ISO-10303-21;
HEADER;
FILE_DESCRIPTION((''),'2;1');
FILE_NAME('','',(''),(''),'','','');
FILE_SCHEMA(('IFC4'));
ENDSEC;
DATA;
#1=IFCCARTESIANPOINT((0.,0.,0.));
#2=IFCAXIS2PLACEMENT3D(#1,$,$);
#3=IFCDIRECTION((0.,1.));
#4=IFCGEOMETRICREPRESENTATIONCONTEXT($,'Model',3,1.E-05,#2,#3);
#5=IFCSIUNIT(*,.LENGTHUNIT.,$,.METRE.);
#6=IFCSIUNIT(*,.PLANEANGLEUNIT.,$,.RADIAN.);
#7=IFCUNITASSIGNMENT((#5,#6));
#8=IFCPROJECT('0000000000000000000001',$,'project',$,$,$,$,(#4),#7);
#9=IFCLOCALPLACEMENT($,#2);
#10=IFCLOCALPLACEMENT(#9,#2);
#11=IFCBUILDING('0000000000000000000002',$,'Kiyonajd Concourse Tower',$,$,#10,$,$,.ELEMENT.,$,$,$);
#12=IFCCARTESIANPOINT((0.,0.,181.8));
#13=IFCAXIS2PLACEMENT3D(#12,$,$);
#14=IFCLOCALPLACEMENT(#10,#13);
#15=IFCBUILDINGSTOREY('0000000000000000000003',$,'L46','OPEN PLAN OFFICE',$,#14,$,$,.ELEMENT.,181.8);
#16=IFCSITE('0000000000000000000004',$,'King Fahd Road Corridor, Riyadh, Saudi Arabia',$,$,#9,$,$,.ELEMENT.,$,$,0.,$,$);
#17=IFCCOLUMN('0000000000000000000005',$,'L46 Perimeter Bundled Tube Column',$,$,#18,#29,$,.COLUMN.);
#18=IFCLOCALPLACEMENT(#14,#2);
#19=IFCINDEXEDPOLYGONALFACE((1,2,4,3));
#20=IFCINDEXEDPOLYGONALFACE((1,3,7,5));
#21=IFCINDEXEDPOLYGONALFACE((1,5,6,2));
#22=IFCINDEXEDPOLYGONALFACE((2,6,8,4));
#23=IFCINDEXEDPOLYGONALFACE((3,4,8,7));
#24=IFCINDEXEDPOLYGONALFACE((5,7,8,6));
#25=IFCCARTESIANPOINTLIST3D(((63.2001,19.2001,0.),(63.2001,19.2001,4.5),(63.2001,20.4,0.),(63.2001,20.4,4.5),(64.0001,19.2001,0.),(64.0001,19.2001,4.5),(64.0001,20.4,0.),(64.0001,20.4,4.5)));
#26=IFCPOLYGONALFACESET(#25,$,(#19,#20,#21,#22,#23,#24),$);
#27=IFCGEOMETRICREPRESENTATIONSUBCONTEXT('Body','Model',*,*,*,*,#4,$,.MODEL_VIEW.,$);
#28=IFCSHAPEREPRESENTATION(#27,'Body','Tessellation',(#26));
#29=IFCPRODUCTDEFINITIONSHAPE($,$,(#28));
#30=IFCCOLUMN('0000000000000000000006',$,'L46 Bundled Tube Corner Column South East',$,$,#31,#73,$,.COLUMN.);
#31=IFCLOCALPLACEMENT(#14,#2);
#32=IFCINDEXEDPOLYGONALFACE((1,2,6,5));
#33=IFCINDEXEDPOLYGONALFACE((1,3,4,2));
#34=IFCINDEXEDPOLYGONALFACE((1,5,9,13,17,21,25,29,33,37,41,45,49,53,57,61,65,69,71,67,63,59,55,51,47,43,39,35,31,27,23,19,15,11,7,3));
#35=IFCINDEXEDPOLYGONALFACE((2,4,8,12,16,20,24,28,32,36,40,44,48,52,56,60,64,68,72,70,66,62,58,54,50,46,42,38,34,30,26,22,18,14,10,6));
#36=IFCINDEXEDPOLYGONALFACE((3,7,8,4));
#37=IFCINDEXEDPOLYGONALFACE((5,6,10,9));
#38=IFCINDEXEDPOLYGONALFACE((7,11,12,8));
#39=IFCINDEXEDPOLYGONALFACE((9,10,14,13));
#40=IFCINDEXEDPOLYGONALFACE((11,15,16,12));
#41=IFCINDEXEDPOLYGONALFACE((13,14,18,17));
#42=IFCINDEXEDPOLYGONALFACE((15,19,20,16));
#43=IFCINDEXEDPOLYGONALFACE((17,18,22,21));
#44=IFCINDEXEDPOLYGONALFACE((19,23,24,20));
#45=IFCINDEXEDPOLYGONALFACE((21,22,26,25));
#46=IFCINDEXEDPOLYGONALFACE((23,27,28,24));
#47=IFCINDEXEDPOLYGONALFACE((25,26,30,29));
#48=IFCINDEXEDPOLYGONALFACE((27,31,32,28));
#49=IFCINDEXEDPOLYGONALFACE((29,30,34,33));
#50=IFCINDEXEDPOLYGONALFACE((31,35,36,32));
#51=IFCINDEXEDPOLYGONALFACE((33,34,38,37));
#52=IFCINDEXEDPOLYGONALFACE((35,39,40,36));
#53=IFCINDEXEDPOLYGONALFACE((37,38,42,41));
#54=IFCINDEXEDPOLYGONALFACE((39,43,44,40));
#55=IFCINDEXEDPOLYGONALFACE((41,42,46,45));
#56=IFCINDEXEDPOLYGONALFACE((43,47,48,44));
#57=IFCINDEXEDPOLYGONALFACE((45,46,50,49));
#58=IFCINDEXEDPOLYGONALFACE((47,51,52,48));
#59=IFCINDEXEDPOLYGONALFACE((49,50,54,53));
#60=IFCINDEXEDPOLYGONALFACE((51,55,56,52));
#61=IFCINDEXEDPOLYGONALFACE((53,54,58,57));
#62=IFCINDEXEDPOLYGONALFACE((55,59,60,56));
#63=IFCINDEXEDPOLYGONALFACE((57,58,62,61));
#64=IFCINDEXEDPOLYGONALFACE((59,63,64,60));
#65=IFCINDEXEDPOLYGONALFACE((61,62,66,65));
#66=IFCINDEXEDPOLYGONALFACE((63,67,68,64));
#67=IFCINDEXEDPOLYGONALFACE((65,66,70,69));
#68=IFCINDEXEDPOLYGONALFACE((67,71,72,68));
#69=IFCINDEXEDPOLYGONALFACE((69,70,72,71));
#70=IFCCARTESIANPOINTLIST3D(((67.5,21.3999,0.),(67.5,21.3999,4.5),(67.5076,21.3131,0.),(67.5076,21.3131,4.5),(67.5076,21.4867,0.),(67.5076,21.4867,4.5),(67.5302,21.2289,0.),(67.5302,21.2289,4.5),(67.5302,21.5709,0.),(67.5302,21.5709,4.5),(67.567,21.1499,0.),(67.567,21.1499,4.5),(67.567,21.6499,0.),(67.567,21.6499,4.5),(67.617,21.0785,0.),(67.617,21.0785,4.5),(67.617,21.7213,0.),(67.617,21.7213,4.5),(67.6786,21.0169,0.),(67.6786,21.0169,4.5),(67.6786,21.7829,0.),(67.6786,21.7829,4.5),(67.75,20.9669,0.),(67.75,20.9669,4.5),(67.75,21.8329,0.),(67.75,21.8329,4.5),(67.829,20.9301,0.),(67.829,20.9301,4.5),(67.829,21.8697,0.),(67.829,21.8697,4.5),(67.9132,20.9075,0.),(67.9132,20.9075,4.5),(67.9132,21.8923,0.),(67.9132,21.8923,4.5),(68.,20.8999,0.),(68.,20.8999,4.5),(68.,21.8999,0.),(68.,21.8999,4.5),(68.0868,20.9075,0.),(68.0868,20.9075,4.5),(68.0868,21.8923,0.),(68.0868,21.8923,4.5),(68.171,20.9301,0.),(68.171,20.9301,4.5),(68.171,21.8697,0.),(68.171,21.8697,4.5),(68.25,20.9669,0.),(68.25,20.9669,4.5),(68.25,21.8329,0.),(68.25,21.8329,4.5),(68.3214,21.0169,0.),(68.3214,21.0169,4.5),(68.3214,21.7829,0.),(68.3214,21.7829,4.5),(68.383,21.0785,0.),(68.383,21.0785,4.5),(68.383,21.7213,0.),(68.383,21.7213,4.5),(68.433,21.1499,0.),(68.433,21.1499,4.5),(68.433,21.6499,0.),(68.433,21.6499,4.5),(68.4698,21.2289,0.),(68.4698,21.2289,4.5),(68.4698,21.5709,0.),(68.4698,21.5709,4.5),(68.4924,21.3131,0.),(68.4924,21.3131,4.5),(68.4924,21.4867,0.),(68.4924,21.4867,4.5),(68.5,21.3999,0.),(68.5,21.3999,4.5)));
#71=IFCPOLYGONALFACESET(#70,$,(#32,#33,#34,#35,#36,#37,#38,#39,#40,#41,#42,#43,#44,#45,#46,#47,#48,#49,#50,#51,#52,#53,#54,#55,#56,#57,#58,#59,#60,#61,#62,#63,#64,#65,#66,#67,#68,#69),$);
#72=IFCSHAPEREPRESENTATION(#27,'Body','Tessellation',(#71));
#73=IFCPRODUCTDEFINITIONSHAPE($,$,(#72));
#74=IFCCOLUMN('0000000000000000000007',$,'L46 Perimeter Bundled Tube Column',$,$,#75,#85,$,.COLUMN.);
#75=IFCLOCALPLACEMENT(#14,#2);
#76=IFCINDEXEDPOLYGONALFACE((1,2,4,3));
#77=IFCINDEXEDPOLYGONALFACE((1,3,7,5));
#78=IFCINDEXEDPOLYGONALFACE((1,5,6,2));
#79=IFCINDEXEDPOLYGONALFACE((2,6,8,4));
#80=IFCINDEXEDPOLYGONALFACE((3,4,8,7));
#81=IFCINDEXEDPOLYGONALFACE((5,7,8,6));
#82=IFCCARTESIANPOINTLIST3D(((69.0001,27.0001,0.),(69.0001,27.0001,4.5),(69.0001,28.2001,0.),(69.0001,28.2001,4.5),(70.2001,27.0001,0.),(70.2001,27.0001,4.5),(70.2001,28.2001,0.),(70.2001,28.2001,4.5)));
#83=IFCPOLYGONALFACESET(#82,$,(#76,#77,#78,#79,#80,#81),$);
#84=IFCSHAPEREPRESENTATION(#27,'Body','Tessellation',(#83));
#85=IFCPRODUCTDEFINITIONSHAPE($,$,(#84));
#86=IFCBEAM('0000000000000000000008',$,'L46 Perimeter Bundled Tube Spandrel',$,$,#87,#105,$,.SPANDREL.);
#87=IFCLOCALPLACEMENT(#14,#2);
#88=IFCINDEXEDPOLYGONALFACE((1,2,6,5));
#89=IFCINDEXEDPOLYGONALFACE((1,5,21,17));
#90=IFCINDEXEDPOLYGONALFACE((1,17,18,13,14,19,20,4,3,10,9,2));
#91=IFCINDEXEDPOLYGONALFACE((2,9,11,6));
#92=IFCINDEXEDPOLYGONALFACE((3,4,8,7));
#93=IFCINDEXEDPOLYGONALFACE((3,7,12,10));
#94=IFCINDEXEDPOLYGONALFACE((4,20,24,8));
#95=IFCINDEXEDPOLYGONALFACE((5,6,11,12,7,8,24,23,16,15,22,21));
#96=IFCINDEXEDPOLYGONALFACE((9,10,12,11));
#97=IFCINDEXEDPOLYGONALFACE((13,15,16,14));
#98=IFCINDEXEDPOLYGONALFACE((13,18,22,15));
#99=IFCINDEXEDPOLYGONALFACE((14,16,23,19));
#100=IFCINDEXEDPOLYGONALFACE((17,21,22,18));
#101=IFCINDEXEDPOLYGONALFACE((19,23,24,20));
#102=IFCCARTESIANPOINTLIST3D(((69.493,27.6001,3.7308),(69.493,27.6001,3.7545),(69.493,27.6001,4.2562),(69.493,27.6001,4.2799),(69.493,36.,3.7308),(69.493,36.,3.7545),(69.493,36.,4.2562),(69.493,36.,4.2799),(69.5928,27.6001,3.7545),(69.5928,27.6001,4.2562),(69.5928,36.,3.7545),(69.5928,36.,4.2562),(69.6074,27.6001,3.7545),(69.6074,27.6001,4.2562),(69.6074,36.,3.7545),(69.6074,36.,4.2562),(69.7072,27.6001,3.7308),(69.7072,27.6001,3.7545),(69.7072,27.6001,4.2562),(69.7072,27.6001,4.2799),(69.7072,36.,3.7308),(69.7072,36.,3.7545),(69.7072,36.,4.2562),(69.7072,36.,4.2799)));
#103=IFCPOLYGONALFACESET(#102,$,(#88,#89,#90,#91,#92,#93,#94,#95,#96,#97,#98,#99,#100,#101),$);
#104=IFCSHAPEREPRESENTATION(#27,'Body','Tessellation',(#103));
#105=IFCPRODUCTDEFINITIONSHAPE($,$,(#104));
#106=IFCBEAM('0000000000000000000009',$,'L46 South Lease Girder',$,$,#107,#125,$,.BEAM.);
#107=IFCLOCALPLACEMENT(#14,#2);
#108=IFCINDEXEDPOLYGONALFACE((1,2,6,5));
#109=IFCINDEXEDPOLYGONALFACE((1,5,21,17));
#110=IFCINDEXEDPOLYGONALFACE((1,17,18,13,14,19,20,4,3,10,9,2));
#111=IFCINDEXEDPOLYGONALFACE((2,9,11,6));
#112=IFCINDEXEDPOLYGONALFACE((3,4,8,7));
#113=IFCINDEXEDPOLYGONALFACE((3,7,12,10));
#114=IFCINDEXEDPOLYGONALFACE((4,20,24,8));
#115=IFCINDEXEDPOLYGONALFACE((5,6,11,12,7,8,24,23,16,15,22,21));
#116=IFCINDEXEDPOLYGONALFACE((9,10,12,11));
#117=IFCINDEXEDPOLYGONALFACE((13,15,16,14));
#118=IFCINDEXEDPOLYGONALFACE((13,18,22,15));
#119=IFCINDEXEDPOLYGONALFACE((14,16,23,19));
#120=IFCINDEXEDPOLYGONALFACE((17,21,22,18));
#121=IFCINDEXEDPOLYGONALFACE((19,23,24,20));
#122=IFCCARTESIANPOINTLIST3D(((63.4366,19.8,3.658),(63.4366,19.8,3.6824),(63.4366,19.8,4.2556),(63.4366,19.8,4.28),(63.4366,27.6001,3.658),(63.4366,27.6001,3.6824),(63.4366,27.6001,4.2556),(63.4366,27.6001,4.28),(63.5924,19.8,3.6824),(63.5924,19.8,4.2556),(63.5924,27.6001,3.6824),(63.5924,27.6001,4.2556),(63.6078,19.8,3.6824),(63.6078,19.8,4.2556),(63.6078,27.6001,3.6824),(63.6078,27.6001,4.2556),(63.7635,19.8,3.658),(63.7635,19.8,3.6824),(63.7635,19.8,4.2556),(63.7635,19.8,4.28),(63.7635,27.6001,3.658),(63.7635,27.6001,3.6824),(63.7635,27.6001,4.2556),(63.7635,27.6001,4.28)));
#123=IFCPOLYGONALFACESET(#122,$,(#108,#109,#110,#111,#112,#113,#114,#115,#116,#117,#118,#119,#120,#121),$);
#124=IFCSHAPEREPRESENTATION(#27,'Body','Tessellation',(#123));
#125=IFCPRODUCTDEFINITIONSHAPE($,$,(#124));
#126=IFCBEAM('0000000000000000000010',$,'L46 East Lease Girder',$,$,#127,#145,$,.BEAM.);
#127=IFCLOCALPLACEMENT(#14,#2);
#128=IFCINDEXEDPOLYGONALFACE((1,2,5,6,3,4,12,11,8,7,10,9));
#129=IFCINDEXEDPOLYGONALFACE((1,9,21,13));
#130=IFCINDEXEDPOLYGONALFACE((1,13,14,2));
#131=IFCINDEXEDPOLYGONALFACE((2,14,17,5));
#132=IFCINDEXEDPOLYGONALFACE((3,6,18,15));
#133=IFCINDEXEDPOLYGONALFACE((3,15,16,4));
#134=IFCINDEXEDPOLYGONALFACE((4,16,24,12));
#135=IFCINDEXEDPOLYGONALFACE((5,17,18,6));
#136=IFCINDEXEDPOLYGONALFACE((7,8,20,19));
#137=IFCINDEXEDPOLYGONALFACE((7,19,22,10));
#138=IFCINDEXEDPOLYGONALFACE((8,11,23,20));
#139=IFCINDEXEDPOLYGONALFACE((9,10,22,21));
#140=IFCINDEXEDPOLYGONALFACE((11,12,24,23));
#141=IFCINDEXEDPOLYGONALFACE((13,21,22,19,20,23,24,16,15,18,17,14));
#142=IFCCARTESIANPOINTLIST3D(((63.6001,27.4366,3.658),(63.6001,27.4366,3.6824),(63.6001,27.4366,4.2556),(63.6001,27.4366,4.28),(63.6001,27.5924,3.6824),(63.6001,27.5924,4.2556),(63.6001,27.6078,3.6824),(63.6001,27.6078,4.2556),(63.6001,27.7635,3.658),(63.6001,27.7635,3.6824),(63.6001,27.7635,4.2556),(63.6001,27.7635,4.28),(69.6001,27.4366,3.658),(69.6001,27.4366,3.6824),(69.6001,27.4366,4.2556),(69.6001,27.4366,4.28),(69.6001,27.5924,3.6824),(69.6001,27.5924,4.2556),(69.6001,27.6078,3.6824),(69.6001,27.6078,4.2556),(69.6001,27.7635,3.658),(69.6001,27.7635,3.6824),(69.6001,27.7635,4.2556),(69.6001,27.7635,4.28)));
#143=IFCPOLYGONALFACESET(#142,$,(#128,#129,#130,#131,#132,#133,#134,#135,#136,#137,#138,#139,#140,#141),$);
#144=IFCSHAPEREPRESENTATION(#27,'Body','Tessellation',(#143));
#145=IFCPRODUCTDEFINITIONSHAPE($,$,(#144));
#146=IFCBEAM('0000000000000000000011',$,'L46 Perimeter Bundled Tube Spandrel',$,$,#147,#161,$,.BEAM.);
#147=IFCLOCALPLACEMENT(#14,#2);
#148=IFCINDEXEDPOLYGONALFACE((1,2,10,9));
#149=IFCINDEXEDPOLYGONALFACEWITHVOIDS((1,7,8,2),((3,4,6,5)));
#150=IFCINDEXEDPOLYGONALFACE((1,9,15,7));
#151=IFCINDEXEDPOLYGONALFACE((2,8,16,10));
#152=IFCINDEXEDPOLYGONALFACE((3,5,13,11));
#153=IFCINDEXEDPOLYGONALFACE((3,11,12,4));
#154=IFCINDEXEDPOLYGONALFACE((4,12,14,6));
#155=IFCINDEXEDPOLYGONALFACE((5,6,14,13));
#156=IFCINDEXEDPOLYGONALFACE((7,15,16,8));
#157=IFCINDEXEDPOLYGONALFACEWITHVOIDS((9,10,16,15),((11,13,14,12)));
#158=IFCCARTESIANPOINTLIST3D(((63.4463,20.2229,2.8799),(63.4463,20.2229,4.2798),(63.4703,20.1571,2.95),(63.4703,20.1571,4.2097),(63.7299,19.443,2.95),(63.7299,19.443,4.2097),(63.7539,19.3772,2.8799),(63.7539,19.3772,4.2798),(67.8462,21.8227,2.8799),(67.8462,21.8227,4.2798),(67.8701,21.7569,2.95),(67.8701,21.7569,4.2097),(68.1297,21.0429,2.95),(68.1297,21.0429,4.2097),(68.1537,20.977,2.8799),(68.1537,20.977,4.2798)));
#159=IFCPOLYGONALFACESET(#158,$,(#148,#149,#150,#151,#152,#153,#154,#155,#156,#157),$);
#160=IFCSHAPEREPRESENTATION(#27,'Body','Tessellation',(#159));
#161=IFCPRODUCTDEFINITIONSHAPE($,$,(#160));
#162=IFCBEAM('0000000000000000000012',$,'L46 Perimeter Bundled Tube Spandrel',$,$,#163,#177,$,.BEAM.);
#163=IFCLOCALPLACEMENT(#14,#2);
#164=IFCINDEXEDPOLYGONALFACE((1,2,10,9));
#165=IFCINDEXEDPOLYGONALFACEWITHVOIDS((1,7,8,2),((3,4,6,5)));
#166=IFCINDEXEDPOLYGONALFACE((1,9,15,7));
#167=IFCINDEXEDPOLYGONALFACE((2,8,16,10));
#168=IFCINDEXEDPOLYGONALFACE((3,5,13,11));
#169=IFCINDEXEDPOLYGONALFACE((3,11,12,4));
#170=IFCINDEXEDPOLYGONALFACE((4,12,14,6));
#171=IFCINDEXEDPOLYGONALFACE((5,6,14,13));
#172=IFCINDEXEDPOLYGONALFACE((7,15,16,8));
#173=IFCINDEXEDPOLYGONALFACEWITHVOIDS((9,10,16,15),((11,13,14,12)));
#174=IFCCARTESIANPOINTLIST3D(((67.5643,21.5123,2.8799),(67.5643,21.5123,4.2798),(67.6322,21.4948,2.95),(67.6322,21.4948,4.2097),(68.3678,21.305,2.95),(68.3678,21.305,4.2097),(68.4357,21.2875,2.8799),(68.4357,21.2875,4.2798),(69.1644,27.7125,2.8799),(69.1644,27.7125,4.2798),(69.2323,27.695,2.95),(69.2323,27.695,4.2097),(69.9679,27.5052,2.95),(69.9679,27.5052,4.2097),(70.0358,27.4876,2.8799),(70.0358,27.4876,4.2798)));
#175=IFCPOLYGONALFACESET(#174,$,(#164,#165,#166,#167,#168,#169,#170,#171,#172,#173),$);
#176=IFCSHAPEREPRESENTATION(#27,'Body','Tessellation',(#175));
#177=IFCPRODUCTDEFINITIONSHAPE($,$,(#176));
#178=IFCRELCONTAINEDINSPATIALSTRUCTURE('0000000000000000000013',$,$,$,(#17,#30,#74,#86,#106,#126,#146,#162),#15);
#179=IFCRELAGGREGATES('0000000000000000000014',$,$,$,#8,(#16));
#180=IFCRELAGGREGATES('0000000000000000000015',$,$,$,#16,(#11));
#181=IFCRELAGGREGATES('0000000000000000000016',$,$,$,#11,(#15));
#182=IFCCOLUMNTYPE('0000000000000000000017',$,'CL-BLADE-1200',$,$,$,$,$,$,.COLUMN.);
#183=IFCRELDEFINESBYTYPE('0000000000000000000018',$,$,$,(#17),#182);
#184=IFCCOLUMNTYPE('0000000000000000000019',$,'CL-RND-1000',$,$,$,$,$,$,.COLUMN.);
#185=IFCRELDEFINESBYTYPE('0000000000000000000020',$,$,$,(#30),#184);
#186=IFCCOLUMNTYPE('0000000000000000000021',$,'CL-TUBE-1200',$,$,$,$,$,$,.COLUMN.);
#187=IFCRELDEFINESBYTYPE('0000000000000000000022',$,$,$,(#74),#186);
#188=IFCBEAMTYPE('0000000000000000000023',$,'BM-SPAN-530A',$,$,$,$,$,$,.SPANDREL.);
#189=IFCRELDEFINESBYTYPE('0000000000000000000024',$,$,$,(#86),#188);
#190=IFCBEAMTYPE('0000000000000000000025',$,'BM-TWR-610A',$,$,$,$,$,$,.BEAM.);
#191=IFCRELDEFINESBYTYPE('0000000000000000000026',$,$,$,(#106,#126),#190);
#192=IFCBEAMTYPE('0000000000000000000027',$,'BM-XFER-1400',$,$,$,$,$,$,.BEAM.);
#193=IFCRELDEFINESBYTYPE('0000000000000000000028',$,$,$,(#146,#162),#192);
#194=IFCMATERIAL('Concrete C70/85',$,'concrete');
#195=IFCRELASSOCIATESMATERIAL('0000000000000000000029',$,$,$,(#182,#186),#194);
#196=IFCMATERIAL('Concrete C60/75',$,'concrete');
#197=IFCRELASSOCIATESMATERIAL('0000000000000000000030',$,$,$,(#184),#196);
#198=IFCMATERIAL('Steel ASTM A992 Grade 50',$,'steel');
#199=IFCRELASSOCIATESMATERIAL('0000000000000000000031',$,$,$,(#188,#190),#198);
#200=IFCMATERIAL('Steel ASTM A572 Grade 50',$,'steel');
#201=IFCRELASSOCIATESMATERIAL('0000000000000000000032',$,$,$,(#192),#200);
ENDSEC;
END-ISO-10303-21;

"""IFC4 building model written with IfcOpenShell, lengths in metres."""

from ifc_helpers import new_model, si_unit, direction, frame, origin, origin_2d, place, context, subcontext, project, spatial, rectangle, hollow_rectangle, circle, i_section, extrude, material, material_profile, profile_set, type_object, element, save


model = new_model("IFC4")

# Units and contexts
model_context = context("Model", 3, precision=1e-05, world=origin(), true_north=direction((0.0, 1.0)))
body_context = subcontext(model_context, "Body", "Model", "MODEL_VIEW")
ifc_project = project(units=[si_unit("LENGTHUNIT", "METRE"), si_unit("PLANEANGLEUNIT", "RADIAN")], contexts=[model_context])

# Site, building, storey
site_placement = place(None, origin())
site = spatial("IfcSite", under=ifc_project, at=site_placement, Name="King Fahd Road Corridor, Riyadh, Saudi Arabia", CompositionType="ELEMENT", RefElevation=0.0)
building_placement = place(site_placement, origin())
building = spatial("IfcBuilding", under=site, at=building_placement, Name="Kiyonajd Concourse Tower", CompositionType="ELEMENT")
storey_placement = place(building_placement, frame((0.0, 0.0, 181.8)))
storey = spatial("IfcBuildingStorey", under=building, at=storey_placement, Name="L46", Description="OPEN PLAN OFFICE", CompositionType="ELEMENT", Elevation=181.8)

# Columns
ifc_material_1 = material(Name="Concrete C70/85", Category="concrete")
ifc_material_profile_1 = material_profile(ifc_material_1, rectangle(XDim=0.8, YDim=1.2, at=origin_2d()), Name="RC-1200x800")
ifc_profile_set_1 = profile_set([ifc_material_profile_1], Name="Concrete C70/85")
column_type_1 = type_object("IfcColumnType", Name="CL-BLADE-1200", PredefinedType="COLUMN", material=ifc_profile_set_1)
column_1_placement = place(storey_placement, frame((63.6001, 19.8, 0.0), z_axis=(0.0, 0.0, 1.0), x_axis=(1.0, 0.0, 0.0)))
element("IfcColumn", 1, at=column_1_placement, inside=storey, type_object=column_type_1, Name="L46 Perimeter Bundled Tube Column", PredefinedType="COLUMN", context=body_context, shape_type="SweptSolid", body=[
    extrude(rectangle(XDim=0.8, YDim=1.2, at=origin_2d()), origin(), (0.0, 0.0, 1.0), 4.5),
])
ifc_material_2 = material(Name="Concrete C60/75", Category="concrete")
ifc_material_profile_2 = material_profile(ifc_material_2, circle(Radius=0.5, at=origin_2d()), Name="RCC-D1000")
ifc_profile_set_2 = profile_set([ifc_material_profile_2], Name="Concrete C60/75")
column_type_2 = type_object("IfcColumnType", Name="CL-RND-1000", PredefinedType="COLUMN", material=ifc_profile_set_2)
column_2_placement = place(storey_placement, frame((68.0, 21.3999, 0.0), z_axis=(0.0, 0.0, 1.0), x_axis=(1.0, 0.0, 0.0)))
element("IfcColumn", 2, at=column_2_placement, inside=storey, type_object=column_type_2, Name="L46 Bundled Tube Corner Column South East", PredefinedType="COLUMN", context=body_context, shape_type="SweptSolid", body=[
    extrude(circle(Radius=0.5, at=origin_2d()), origin(), (0.0, 0.0, 1.0), 4.5),
])
ifc_material_profile_3 = material_profile(ifc_material_1, rectangle(XDim=1.2, YDim=1.2, at=origin_2d()), Name="RC-1200x1200")
ifc_profile_set_3 = profile_set([ifc_material_profile_3], Name="Concrete C70/85")
column_type_3 = type_object("IfcColumnType", Name="CL-TUBE-1200", PredefinedType="COLUMN", material=ifc_profile_set_3)
column_3_placement = place(storey_placement, frame((69.6001, 27.6001, 0.0), z_axis=(0.0, 0.0, 1.0), x_axis=(1.0, 0.0, 0.0)))
element("IfcColumn", 3, at=column_3_placement, inside=storey, type_object=column_type_3, Name="L46 Perimeter Bundled Tube Column", PredefinedType="COLUMN", context=body_context, shape_type="SweptSolid", body=[
    extrude(rectangle(XDim=1.2, YDim=1.2, at=origin_2d()), origin(), (0.0, 0.0, 1.0), 4.5),
])

# Beams
ifc_material_3 = material(Name="Steel ASTM A992 Grade 50", Category="steel")
ifc_material_profile_4 = material_profile(ifc_material_3, i_section(OverallWidth=0.2141, OverallDepth=0.5491, WebThickness=0.0146, FlangeThickness=0.0237, at=origin_2d()), Name="W530X138")
ifc_profile_set_4 = profile_set([ifc_material_profile_4], Name="Steel ASTM A992 Grade 50")
beam_type_1 = type_object("IfcBeamType", Name="BM-SPAN-530A", PredefinedType="SPANDREL", material=ifc_profile_set_4)
beam_1_placement = place(storey_placement, frame((69.6001, 27.6001, 4.0054), z_axis=(0.0, 1.0, 0.0), x_axis=(-1.0, 0.0, 0.0)))
element("IfcBeam", 4, at=beam_1_placement, inside=storey, type_object=beam_type_1, Name="L46 Perimeter Bundled Tube Spandrel", PredefinedType="SPANDREL", context=body_context, shape_type="SweptSolid", body=[
    extrude(i_section(OverallWidth=0.2141, OverallDepth=0.5491, WebThickness=0.0146, FlangeThickness=0.0237, at=origin_2d()), origin(), (0.0, 0.0, 1.0), 8.3999),
])
ifc_material_profile_5 = material_profile(ifc_material_3, i_section(OverallWidth=0.3269, OverallDepth=0.6221, WebThickness=0.0154, FlangeThickness=0.0244, at=origin_2d()), Name="W610X195")
ifc_profile_set_5 = profile_set([ifc_material_profile_5], Name="Steel ASTM A992 Grade 50")
beam_type_2 = type_object("IfcBeamType", Name="BM-TWR-610A", PredefinedType="BEAM", material=ifc_profile_set_5)
beam_2_placement = place(storey_placement, frame((63.6001, 19.8, 3.969), z_axis=(0.0, 1.0, 0.0), x_axis=(-1.0, 0.0, 0.0)))
element("IfcBeam", 5, at=beam_2_placement, inside=storey, type_object=beam_type_2, Name="L46 South Lease Girder", PredefinedType="BEAM", context=body_context, shape_type="SweptSolid", body=[
    extrude(i_section(OverallWidth=0.3269, OverallDepth=0.6221, WebThickness=0.0154, FlangeThickness=0.0244, at=origin_2d()), origin(), (0.0, 0.0, 1.0), 7.8),
])
beam_3_placement = place(storey_placement, frame((63.6001, 27.6001, 3.969), z_axis=(1.0, 0.0, 0.0), x_axis=(0.0, 1.0, 0.0)))
element("IfcBeam", 6, at=beam_3_placement, inside=storey, type_object=beam_type_2, Name="L46 East Lease Girder", PredefinedType="BEAM", context=body_context, shape_type="SweptSolid", body=[
    extrude(i_section(OverallWidth=0.3269, OverallDepth=0.6221, WebThickness=0.0154, FlangeThickness=0.0244, at=origin_2d()), origin(), (0.0, 0.0, 1.0), 6.0),
])
ifc_material_4 = material(Name="Steel ASTM A572 Grade 50", Category="steel")
ifc_material_profile_6 = material_profile(ifc_material_4, hollow_rectangle(XDim=0.8999, YDim=1.3999, WallThickness=0.0701, at=origin_2d()), Name="BOX-1400x900x70")
ifc_profile_set_6 = profile_set([ifc_material_profile_6], Name="Steel ASTM A572 Grade 50")
beam_type_3 = type_object("IfcBeamType", Name="BM-XFER-1400", PredefinedType="BEAM", material=ifc_profile_set_6)
beam_4_placement = place(storey_placement, frame((63.6001, 19.8, 3.5798), z_axis=(0.939801, 0.341722, 0.0), x_axis=(-0.341722, 0.939801, 0.0)))
element("IfcBeam", 7, at=beam_4_placement, inside=storey, type_object=beam_type_3, Name="L46 Perimeter Bundled Tube Spandrel", PredefinedType="BEAM", context=body_context, shape_type="SweptSolid", body=[
    extrude(hollow_rectangle(XDim=0.8999, YDim=1.3999, WallThickness=0.0701, at=origin_2d()), origin(), (0.0, 0.0, 1.0), 4.6816),
])
beam_5_placement = place(storey_placement, frame((68.0, 21.3999, 3.5798), z_axis=(0.249885, 0.968276, 0.0), x_axis=(-0.968276, 0.249885, 0.0)))
element("IfcBeam", 8, at=beam_5_placement, inside=storey, type_object=beam_type_3, Name="L46 Perimeter Bundled Tube Spandrel", PredefinedType="BEAM", context=body_context, shape_type="SweptSolid", body=[
    extrude(hollow_rectangle(XDim=0.8999, YDim=1.3999, WallThickness=0.0701, at=origin_2d()), origin(), (0.0, 0.0, 1.0), 6.4033),
])

save(model, "model.ifc")
